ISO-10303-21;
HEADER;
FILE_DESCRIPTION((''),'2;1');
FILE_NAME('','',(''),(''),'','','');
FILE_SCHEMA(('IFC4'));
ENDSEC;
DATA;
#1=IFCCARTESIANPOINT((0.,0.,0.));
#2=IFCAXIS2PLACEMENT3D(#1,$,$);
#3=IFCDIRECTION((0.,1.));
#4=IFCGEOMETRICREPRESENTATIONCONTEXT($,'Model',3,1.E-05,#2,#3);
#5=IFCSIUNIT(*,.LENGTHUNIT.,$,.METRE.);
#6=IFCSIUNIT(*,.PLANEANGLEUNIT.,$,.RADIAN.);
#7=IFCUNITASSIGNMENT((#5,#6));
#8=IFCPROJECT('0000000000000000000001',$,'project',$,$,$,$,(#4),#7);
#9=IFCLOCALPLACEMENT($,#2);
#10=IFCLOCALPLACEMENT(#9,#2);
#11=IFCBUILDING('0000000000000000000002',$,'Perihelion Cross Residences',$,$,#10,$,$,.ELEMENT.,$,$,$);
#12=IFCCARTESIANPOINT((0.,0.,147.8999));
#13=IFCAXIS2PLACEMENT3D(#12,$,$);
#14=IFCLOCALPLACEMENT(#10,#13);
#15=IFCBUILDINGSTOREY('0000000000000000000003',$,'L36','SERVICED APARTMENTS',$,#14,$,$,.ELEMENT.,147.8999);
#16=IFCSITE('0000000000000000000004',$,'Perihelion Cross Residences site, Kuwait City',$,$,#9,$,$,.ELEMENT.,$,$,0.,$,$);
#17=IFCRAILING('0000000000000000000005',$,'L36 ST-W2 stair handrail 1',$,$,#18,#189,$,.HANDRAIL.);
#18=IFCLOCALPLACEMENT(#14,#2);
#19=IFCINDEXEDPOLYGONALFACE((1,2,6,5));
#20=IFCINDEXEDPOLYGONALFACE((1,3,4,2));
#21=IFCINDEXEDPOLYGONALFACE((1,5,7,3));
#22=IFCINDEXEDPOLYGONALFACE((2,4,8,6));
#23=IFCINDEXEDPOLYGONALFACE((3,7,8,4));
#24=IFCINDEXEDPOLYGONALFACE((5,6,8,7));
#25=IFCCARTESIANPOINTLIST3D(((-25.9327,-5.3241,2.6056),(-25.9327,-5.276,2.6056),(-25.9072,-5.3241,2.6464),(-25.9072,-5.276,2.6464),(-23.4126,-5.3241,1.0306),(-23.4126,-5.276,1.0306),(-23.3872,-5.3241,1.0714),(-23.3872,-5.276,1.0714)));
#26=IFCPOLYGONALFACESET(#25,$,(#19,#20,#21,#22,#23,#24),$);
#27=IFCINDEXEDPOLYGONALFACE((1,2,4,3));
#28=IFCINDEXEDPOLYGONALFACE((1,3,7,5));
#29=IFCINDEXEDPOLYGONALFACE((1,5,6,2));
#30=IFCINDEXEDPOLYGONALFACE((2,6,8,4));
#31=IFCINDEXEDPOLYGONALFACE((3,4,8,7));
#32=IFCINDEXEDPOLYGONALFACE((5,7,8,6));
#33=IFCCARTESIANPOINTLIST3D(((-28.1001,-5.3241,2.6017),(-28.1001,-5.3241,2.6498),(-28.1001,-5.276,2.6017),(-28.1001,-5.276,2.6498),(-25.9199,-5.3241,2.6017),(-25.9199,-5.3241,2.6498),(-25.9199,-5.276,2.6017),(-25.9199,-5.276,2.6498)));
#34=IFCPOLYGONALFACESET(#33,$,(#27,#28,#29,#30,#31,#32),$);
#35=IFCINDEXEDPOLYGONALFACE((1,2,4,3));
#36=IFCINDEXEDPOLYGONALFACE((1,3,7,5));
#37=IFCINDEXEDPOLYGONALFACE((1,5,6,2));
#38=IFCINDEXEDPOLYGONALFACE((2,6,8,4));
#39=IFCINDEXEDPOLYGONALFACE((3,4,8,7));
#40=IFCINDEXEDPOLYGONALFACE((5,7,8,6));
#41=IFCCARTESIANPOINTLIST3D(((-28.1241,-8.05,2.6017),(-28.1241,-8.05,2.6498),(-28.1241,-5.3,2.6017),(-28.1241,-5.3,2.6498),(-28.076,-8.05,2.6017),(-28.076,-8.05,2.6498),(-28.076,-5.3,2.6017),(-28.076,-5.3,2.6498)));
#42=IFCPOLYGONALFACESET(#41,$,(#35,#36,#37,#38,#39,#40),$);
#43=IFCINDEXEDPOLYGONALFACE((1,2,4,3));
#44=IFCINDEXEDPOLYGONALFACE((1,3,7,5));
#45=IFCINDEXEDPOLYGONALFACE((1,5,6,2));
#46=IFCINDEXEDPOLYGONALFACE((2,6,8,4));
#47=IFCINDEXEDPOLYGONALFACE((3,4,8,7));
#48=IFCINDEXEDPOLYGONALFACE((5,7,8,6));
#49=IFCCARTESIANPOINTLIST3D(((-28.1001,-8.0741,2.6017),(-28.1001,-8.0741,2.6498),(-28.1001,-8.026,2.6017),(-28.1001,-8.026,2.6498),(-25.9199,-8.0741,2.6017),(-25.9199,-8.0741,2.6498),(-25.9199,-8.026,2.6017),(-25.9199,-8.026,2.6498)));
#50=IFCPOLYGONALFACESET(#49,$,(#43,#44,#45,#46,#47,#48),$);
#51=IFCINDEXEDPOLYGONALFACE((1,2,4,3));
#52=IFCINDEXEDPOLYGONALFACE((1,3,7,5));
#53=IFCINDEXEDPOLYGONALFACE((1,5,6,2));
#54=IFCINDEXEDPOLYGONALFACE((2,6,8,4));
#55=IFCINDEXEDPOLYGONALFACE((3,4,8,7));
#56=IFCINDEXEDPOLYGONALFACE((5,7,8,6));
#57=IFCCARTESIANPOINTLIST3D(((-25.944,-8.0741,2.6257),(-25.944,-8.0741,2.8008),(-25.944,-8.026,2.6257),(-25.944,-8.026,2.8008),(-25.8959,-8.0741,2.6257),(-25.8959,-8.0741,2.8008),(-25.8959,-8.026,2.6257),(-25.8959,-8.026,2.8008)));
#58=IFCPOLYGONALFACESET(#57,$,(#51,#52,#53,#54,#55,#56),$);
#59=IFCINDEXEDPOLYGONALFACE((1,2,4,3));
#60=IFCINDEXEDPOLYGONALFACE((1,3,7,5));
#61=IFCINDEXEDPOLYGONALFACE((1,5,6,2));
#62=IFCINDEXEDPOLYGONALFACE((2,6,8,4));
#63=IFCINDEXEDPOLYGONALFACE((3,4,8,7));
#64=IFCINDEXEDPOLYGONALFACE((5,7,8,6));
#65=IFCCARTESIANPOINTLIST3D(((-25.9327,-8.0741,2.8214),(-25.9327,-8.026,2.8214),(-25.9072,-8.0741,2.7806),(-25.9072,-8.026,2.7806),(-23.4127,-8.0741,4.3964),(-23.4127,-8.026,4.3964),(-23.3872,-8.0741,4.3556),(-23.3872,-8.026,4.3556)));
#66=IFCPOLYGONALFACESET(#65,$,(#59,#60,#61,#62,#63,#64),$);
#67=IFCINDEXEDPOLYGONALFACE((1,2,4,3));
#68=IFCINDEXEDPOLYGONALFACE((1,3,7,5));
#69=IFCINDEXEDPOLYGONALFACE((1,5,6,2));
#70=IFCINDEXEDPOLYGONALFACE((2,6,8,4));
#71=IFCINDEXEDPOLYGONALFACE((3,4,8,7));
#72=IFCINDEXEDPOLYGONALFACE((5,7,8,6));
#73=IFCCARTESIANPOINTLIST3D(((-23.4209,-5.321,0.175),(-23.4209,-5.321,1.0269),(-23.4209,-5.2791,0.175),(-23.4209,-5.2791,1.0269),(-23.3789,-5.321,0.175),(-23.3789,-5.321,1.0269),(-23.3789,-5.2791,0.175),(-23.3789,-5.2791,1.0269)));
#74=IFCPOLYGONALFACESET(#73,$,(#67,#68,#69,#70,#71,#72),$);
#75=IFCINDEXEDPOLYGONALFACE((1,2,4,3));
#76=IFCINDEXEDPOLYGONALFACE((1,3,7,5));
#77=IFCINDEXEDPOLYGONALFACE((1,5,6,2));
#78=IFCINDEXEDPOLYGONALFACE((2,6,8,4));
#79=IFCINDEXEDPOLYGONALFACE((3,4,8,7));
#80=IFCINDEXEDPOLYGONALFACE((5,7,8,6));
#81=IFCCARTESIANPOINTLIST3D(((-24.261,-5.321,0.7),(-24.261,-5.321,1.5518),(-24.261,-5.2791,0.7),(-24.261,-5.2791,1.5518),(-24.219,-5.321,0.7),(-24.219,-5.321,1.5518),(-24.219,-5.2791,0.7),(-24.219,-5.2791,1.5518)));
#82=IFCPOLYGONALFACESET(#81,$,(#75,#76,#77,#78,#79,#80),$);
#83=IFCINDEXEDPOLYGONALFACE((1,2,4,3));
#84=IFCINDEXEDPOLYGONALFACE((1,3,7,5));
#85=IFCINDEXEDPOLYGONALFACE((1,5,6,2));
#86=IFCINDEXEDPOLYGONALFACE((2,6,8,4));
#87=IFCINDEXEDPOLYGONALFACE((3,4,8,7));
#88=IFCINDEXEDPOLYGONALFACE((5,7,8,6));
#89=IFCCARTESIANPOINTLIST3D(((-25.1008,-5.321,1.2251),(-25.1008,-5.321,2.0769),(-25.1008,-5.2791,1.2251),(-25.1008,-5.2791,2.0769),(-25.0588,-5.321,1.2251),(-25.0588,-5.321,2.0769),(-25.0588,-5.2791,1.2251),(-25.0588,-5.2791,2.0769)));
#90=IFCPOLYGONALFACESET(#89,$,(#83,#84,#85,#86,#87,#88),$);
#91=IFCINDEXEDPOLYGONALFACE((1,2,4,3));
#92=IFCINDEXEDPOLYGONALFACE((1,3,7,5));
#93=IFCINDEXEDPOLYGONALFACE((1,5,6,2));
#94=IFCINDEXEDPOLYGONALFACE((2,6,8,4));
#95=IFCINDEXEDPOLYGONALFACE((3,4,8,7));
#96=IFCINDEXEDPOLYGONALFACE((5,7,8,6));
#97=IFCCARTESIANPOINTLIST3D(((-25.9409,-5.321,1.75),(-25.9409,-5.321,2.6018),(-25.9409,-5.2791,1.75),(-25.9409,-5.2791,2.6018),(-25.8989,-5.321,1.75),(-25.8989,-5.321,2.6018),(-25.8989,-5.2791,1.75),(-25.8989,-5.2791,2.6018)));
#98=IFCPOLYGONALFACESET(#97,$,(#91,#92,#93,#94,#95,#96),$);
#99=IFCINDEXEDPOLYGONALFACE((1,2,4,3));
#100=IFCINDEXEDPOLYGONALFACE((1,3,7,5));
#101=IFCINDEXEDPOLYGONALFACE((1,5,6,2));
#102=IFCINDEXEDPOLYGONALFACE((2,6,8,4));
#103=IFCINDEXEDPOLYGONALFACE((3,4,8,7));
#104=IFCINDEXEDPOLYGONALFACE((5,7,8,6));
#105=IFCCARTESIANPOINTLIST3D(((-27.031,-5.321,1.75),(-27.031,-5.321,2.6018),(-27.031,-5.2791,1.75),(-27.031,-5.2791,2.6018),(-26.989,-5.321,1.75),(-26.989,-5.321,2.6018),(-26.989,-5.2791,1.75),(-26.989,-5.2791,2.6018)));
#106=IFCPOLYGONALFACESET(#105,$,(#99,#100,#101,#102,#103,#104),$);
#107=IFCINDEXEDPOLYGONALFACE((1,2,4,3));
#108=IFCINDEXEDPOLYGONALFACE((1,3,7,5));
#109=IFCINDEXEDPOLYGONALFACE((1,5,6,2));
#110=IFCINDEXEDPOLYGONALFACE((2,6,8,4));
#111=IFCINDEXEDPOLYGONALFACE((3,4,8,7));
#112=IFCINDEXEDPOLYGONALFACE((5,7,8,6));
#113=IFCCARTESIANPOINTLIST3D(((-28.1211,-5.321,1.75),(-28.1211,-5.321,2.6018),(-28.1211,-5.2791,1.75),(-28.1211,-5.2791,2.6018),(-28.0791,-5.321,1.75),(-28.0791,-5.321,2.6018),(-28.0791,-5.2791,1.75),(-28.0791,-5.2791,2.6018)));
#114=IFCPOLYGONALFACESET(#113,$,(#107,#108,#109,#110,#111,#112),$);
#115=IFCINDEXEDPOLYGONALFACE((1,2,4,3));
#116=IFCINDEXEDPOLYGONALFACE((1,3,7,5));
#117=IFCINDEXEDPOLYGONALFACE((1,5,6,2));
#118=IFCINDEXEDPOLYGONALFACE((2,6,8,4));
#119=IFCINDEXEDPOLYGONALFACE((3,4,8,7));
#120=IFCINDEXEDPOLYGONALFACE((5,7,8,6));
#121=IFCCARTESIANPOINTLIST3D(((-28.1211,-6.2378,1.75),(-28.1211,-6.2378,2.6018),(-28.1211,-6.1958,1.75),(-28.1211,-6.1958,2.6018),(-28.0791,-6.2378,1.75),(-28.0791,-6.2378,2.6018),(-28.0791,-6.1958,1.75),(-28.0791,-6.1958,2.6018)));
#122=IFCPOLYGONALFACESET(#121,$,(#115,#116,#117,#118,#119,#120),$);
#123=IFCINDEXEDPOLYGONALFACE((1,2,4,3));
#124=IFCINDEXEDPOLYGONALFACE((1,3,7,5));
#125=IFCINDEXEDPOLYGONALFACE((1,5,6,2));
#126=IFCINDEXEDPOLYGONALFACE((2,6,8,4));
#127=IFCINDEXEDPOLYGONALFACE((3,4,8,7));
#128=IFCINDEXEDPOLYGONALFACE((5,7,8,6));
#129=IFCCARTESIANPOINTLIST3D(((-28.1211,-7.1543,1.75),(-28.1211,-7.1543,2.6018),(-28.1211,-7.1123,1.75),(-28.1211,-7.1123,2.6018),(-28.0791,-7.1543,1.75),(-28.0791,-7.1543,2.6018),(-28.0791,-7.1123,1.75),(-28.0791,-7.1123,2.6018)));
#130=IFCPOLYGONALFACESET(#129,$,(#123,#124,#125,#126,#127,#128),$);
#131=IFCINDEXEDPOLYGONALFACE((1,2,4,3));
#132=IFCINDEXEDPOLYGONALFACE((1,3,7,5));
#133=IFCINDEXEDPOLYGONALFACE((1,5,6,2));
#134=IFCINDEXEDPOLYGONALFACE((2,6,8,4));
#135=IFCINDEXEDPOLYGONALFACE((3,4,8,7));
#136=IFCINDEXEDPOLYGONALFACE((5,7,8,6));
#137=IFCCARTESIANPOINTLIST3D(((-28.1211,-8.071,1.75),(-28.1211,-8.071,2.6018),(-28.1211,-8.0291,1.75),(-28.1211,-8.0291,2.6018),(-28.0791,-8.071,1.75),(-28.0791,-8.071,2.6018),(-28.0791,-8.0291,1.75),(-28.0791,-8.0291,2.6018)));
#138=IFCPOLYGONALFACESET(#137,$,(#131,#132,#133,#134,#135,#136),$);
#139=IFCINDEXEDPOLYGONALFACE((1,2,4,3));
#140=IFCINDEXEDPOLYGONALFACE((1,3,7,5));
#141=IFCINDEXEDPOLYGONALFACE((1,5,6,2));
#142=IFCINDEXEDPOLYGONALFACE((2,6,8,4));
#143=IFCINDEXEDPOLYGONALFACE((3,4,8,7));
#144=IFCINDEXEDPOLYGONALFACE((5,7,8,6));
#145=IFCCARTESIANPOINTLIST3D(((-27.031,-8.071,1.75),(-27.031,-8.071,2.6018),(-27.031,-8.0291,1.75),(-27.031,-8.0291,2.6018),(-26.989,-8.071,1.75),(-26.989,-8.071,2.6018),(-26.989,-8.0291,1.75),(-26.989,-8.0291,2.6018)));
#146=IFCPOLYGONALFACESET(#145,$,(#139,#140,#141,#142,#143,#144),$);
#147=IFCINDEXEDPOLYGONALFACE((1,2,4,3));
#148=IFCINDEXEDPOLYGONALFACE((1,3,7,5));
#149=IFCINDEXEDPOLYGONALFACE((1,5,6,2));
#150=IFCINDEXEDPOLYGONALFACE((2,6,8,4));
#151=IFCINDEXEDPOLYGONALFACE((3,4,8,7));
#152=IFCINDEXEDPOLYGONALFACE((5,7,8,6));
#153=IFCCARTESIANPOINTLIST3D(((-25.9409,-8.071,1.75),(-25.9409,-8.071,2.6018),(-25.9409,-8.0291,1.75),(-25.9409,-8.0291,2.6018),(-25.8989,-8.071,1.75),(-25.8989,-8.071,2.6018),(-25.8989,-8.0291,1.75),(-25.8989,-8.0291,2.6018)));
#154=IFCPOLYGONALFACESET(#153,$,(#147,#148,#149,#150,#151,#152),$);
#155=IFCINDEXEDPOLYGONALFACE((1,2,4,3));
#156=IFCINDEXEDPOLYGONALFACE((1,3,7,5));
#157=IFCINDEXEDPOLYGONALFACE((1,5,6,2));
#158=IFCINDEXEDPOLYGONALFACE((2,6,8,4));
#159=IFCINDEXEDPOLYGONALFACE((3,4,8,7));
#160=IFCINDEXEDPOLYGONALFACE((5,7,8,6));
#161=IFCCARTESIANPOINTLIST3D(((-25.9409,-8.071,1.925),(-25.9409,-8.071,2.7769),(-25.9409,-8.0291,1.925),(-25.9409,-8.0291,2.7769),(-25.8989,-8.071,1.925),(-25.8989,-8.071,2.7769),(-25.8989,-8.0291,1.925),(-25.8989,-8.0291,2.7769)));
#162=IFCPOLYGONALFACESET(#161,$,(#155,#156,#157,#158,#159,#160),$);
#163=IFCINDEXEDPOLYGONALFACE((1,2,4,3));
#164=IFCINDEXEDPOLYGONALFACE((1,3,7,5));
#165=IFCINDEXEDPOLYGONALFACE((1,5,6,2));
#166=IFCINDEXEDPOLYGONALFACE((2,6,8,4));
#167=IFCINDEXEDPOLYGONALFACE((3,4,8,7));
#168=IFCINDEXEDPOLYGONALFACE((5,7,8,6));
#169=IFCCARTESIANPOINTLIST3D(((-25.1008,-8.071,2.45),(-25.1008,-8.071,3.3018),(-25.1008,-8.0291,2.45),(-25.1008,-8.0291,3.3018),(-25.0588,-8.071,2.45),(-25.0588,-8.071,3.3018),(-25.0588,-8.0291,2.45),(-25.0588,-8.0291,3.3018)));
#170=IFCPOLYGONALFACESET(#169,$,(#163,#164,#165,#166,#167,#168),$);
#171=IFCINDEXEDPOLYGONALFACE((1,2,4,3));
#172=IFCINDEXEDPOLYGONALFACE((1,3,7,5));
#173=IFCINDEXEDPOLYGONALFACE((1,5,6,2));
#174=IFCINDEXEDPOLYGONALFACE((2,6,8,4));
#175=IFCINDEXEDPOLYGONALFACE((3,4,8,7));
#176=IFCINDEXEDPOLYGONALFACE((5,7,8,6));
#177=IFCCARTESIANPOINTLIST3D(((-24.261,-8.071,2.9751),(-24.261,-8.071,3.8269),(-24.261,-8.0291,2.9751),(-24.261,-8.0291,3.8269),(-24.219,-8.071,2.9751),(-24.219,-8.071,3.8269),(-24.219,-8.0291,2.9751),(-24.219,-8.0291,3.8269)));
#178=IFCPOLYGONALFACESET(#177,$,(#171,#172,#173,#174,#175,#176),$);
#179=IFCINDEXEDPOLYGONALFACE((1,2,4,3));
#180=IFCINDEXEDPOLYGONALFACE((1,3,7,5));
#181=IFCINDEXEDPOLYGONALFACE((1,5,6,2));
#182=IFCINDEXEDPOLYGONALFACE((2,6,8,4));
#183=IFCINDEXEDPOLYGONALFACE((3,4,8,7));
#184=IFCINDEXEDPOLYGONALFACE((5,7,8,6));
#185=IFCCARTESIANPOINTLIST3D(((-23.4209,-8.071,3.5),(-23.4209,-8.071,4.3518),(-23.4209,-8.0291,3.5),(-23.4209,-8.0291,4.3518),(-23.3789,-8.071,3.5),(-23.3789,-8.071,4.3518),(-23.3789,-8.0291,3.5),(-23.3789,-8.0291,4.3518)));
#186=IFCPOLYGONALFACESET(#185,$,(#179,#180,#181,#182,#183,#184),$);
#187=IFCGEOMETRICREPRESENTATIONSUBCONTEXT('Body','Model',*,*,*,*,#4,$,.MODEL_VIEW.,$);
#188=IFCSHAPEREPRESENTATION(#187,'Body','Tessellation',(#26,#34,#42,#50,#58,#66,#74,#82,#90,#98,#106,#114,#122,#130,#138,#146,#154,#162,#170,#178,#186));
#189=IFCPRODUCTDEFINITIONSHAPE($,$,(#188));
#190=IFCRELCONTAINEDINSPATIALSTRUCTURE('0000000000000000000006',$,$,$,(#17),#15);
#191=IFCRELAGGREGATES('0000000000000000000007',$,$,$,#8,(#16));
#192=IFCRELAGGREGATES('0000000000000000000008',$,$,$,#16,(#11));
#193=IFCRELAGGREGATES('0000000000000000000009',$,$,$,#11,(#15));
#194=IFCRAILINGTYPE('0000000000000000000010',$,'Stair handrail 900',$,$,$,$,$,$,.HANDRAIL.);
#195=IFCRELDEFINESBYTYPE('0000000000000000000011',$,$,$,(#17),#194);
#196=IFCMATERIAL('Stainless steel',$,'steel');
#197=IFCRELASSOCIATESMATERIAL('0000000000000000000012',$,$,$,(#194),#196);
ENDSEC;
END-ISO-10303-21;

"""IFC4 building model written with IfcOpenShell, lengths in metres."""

from ifc_helpers import new_model, si_unit, direction, frame, origin, origin_2d, place, context, subcontext, project, spatial, rectangle, extrude, material, type_object, element, save


model = new_model("IFC4")

# Units and contexts
model_context = context("Model", 3, precision=1e-05, world=origin(), true_north=direction((0.0, 1.0)))
body_context = subcontext(model_context, "Body", "Model", "MODEL_VIEW")
ifc_project = project(units=[si_unit("LENGTHUNIT", "METRE"), si_unit("PLANEANGLEUNIT", "RADIAN")], contexts=[model_context])

# Site, building, storey
site_placement = place(None, origin())
site = spatial("IfcSite", under=ifc_project, at=site_placement, Name="Perihelion Cross Residences site, Kuwait City", CompositionType="ELEMENT", RefElevation=0.0)
building_placement = place(site_placement, origin())
building = spatial("IfcBuilding", under=site, at=building_placement, Name="Perihelion Cross Residences", CompositionType="ELEMENT")
storey_placement = place(building_placement, frame((0.0, 0.0, 147.8999)))
storey = spatial("IfcBuildingStorey", under=building, at=storey_placement, Name="L36", Description="SERVICED APARTMENTS", CompositionType="ELEMENT", Elevation=147.8999)

# Railing
ifc_material_1 = material(Name="Stainless steel", Category="steel")
railing_type_1 = type_object("IfcRailingType", Name="Stair handrail 900", PredefinedType="HANDRAIL", material=ifc_material_1)
railing_1_placement = place(storey_placement, frame((-23.3999, -5.3, 0.175)))
element("IfcRailing", 1, at=railing_1_placement, inside=storey, type_object=railing_type_1, Name="L36 ST-W2 stair handrail 1", PredefinedType="HANDRAIL", context=body_context, shape_type="SweptSolid", body=[
    extrude(rectangle(XDim=0.0481, YDim=0.0481, at=origin_2d()), frame((0.0, 0.0, 0.876), z_axis=(-0.848008, 0.0, 0.529984), x_axis=(0.0, -1.0, 0.0)), (0.0, 0.0, 1.0), 2.9717),
    extrude(rectangle(XDim=0.0481, YDim=0.0481, at=origin_2d()), frame((-2.52, 0.0, 2.4507), z_axis=(-1.0, 0.0, 0.0), x_axis=(0.0, -1.0, 0.0)), (0.0, 0.0, 1.0), 2.1802),
    extrude(rectangle(XDim=0.0481, YDim=0.0481, at=origin_2d()), frame((-4.7002, 0.0, 2.4507), z_axis=(0.0, -1.0, 0.0), x_axis=(1.0, 0.0, 0.0)), (0.0, 0.0, 1.0), 2.75),
    extrude(rectangle(XDim=0.0481, YDim=0.0481, at=origin_2d()), frame((-4.7002, -2.75, 2.4507), z_axis=(1.0, 0.0, 0.0), x_axis=(0.0, 1.0, 0.0)), (0.0, 0.0, 1.0), 2.1802),
    extrude(rectangle(XDim=0.0481, YDim=0.0481, at=origin_2d()), frame((-2.52, -2.75, 2.4507), z_axis=(0.0, 0.0, 1.0), x_axis=(1.0, 0.0, 0.0)), (0.0, 0.0, 1.0), 0.175),
    extrude(rectangle(XDim=0.0481, YDim=0.0481, at=origin_2d()), frame((-2.52, -2.75, 2.626), z_axis=(0.848008, 0.0, 0.529984), x_axis=(0.0, 1.0, 0.0)), (0.0, 0.0, 1.0), 2.9717),
    extrude(rectangle(XDim=0.042, YDim=0.042, at=origin_2d()), origin(), (0.0, 0.0, 1.0), 0.8518),
    extrude(rectangle(XDim=0.042, YDim=0.042, at=origin_2d()), frame((-0.8401, 0.0, 0.5249)), (0.0, 0.0, 1.0), 0.8518),
    extrude(rectangle(XDim=0.042, YDim=0.042, at=origin_2d()), frame((-1.6799, 0.0, 1.05)), (0.0, 0.0, 1.0), 0.8518),
    extrude(rectangle(XDim=0.042, YDim=0.042, at=origin_2d()), frame((-2.52, 0.0, 1.575)), (0.0, 0.0, 1.0), 0.8518),
    extrude(rectangle(XDim=0.042, YDim=0.042, at=origin_2d()), frame((-3.6101, 0.0, 1.575)), (0.0, 0.0, 1.0), 0.8518),
    extrude(rectangle(XDim=0.042, YDim=0.042, at=origin_2d()), frame((-4.7002, 0.0, 1.575)), (0.0, 0.0, 1.0), 0.8518),
    extrude(rectangle(XDim=0.042, YDim=0.042, at=origin_2d()), frame((-4.7002, -0.9167, 1.575)), (0.0, 0.0, 1.0), 0.8518),
    extrude(rectangle(XDim=0.042, YDim=0.042, at=origin_2d()), frame((-4.7002, -1.8333, 1.575)), (0.0, 0.0, 1.0), 0.8518),
    extrude(rectangle(XDim=0.042, YDim=0.042, at=origin_2d()), frame((-4.7002, -2.75, 1.575)), (0.0, 0.0, 1.0), 0.8518),
    extrude(rectangle(XDim=0.042, YDim=0.042, at=origin_2d()), frame((-3.6101, -2.75, 1.575)), (0.0, 0.0, 1.0), 0.8518),
    extrude(rectangle(XDim=0.042, YDim=0.042, at=origin_2d()), frame((-2.52, -2.75, 1.575)), (0.0, 0.0, 1.0), 0.8518),
    extrude(rectangle(XDim=0.042, YDim=0.042, at=origin_2d()), frame((-2.52, -2.75, 1.75)), (0.0, 0.0, 1.0), 0.8518),
    extrude(rectangle(XDim=0.042, YDim=0.042, at=origin_2d()), frame((-1.6799, -2.75, 2.2749)), (0.0, 0.0, 1.0), 0.8518),
    extrude(rectangle(XDim=0.042, YDim=0.042, at=origin_2d()), frame((-0.8401, -2.75, 2.8)), (0.0, 0.0, 1.0), 0.8518),
    extrude(rectangle(XDim=0.042, YDim=0.042, at=origin_2d()), frame((0.0, -2.75, 3.325)), (0.0, 0.0, 1.0), 0.8518),
])

save(model, "model.ifc")
